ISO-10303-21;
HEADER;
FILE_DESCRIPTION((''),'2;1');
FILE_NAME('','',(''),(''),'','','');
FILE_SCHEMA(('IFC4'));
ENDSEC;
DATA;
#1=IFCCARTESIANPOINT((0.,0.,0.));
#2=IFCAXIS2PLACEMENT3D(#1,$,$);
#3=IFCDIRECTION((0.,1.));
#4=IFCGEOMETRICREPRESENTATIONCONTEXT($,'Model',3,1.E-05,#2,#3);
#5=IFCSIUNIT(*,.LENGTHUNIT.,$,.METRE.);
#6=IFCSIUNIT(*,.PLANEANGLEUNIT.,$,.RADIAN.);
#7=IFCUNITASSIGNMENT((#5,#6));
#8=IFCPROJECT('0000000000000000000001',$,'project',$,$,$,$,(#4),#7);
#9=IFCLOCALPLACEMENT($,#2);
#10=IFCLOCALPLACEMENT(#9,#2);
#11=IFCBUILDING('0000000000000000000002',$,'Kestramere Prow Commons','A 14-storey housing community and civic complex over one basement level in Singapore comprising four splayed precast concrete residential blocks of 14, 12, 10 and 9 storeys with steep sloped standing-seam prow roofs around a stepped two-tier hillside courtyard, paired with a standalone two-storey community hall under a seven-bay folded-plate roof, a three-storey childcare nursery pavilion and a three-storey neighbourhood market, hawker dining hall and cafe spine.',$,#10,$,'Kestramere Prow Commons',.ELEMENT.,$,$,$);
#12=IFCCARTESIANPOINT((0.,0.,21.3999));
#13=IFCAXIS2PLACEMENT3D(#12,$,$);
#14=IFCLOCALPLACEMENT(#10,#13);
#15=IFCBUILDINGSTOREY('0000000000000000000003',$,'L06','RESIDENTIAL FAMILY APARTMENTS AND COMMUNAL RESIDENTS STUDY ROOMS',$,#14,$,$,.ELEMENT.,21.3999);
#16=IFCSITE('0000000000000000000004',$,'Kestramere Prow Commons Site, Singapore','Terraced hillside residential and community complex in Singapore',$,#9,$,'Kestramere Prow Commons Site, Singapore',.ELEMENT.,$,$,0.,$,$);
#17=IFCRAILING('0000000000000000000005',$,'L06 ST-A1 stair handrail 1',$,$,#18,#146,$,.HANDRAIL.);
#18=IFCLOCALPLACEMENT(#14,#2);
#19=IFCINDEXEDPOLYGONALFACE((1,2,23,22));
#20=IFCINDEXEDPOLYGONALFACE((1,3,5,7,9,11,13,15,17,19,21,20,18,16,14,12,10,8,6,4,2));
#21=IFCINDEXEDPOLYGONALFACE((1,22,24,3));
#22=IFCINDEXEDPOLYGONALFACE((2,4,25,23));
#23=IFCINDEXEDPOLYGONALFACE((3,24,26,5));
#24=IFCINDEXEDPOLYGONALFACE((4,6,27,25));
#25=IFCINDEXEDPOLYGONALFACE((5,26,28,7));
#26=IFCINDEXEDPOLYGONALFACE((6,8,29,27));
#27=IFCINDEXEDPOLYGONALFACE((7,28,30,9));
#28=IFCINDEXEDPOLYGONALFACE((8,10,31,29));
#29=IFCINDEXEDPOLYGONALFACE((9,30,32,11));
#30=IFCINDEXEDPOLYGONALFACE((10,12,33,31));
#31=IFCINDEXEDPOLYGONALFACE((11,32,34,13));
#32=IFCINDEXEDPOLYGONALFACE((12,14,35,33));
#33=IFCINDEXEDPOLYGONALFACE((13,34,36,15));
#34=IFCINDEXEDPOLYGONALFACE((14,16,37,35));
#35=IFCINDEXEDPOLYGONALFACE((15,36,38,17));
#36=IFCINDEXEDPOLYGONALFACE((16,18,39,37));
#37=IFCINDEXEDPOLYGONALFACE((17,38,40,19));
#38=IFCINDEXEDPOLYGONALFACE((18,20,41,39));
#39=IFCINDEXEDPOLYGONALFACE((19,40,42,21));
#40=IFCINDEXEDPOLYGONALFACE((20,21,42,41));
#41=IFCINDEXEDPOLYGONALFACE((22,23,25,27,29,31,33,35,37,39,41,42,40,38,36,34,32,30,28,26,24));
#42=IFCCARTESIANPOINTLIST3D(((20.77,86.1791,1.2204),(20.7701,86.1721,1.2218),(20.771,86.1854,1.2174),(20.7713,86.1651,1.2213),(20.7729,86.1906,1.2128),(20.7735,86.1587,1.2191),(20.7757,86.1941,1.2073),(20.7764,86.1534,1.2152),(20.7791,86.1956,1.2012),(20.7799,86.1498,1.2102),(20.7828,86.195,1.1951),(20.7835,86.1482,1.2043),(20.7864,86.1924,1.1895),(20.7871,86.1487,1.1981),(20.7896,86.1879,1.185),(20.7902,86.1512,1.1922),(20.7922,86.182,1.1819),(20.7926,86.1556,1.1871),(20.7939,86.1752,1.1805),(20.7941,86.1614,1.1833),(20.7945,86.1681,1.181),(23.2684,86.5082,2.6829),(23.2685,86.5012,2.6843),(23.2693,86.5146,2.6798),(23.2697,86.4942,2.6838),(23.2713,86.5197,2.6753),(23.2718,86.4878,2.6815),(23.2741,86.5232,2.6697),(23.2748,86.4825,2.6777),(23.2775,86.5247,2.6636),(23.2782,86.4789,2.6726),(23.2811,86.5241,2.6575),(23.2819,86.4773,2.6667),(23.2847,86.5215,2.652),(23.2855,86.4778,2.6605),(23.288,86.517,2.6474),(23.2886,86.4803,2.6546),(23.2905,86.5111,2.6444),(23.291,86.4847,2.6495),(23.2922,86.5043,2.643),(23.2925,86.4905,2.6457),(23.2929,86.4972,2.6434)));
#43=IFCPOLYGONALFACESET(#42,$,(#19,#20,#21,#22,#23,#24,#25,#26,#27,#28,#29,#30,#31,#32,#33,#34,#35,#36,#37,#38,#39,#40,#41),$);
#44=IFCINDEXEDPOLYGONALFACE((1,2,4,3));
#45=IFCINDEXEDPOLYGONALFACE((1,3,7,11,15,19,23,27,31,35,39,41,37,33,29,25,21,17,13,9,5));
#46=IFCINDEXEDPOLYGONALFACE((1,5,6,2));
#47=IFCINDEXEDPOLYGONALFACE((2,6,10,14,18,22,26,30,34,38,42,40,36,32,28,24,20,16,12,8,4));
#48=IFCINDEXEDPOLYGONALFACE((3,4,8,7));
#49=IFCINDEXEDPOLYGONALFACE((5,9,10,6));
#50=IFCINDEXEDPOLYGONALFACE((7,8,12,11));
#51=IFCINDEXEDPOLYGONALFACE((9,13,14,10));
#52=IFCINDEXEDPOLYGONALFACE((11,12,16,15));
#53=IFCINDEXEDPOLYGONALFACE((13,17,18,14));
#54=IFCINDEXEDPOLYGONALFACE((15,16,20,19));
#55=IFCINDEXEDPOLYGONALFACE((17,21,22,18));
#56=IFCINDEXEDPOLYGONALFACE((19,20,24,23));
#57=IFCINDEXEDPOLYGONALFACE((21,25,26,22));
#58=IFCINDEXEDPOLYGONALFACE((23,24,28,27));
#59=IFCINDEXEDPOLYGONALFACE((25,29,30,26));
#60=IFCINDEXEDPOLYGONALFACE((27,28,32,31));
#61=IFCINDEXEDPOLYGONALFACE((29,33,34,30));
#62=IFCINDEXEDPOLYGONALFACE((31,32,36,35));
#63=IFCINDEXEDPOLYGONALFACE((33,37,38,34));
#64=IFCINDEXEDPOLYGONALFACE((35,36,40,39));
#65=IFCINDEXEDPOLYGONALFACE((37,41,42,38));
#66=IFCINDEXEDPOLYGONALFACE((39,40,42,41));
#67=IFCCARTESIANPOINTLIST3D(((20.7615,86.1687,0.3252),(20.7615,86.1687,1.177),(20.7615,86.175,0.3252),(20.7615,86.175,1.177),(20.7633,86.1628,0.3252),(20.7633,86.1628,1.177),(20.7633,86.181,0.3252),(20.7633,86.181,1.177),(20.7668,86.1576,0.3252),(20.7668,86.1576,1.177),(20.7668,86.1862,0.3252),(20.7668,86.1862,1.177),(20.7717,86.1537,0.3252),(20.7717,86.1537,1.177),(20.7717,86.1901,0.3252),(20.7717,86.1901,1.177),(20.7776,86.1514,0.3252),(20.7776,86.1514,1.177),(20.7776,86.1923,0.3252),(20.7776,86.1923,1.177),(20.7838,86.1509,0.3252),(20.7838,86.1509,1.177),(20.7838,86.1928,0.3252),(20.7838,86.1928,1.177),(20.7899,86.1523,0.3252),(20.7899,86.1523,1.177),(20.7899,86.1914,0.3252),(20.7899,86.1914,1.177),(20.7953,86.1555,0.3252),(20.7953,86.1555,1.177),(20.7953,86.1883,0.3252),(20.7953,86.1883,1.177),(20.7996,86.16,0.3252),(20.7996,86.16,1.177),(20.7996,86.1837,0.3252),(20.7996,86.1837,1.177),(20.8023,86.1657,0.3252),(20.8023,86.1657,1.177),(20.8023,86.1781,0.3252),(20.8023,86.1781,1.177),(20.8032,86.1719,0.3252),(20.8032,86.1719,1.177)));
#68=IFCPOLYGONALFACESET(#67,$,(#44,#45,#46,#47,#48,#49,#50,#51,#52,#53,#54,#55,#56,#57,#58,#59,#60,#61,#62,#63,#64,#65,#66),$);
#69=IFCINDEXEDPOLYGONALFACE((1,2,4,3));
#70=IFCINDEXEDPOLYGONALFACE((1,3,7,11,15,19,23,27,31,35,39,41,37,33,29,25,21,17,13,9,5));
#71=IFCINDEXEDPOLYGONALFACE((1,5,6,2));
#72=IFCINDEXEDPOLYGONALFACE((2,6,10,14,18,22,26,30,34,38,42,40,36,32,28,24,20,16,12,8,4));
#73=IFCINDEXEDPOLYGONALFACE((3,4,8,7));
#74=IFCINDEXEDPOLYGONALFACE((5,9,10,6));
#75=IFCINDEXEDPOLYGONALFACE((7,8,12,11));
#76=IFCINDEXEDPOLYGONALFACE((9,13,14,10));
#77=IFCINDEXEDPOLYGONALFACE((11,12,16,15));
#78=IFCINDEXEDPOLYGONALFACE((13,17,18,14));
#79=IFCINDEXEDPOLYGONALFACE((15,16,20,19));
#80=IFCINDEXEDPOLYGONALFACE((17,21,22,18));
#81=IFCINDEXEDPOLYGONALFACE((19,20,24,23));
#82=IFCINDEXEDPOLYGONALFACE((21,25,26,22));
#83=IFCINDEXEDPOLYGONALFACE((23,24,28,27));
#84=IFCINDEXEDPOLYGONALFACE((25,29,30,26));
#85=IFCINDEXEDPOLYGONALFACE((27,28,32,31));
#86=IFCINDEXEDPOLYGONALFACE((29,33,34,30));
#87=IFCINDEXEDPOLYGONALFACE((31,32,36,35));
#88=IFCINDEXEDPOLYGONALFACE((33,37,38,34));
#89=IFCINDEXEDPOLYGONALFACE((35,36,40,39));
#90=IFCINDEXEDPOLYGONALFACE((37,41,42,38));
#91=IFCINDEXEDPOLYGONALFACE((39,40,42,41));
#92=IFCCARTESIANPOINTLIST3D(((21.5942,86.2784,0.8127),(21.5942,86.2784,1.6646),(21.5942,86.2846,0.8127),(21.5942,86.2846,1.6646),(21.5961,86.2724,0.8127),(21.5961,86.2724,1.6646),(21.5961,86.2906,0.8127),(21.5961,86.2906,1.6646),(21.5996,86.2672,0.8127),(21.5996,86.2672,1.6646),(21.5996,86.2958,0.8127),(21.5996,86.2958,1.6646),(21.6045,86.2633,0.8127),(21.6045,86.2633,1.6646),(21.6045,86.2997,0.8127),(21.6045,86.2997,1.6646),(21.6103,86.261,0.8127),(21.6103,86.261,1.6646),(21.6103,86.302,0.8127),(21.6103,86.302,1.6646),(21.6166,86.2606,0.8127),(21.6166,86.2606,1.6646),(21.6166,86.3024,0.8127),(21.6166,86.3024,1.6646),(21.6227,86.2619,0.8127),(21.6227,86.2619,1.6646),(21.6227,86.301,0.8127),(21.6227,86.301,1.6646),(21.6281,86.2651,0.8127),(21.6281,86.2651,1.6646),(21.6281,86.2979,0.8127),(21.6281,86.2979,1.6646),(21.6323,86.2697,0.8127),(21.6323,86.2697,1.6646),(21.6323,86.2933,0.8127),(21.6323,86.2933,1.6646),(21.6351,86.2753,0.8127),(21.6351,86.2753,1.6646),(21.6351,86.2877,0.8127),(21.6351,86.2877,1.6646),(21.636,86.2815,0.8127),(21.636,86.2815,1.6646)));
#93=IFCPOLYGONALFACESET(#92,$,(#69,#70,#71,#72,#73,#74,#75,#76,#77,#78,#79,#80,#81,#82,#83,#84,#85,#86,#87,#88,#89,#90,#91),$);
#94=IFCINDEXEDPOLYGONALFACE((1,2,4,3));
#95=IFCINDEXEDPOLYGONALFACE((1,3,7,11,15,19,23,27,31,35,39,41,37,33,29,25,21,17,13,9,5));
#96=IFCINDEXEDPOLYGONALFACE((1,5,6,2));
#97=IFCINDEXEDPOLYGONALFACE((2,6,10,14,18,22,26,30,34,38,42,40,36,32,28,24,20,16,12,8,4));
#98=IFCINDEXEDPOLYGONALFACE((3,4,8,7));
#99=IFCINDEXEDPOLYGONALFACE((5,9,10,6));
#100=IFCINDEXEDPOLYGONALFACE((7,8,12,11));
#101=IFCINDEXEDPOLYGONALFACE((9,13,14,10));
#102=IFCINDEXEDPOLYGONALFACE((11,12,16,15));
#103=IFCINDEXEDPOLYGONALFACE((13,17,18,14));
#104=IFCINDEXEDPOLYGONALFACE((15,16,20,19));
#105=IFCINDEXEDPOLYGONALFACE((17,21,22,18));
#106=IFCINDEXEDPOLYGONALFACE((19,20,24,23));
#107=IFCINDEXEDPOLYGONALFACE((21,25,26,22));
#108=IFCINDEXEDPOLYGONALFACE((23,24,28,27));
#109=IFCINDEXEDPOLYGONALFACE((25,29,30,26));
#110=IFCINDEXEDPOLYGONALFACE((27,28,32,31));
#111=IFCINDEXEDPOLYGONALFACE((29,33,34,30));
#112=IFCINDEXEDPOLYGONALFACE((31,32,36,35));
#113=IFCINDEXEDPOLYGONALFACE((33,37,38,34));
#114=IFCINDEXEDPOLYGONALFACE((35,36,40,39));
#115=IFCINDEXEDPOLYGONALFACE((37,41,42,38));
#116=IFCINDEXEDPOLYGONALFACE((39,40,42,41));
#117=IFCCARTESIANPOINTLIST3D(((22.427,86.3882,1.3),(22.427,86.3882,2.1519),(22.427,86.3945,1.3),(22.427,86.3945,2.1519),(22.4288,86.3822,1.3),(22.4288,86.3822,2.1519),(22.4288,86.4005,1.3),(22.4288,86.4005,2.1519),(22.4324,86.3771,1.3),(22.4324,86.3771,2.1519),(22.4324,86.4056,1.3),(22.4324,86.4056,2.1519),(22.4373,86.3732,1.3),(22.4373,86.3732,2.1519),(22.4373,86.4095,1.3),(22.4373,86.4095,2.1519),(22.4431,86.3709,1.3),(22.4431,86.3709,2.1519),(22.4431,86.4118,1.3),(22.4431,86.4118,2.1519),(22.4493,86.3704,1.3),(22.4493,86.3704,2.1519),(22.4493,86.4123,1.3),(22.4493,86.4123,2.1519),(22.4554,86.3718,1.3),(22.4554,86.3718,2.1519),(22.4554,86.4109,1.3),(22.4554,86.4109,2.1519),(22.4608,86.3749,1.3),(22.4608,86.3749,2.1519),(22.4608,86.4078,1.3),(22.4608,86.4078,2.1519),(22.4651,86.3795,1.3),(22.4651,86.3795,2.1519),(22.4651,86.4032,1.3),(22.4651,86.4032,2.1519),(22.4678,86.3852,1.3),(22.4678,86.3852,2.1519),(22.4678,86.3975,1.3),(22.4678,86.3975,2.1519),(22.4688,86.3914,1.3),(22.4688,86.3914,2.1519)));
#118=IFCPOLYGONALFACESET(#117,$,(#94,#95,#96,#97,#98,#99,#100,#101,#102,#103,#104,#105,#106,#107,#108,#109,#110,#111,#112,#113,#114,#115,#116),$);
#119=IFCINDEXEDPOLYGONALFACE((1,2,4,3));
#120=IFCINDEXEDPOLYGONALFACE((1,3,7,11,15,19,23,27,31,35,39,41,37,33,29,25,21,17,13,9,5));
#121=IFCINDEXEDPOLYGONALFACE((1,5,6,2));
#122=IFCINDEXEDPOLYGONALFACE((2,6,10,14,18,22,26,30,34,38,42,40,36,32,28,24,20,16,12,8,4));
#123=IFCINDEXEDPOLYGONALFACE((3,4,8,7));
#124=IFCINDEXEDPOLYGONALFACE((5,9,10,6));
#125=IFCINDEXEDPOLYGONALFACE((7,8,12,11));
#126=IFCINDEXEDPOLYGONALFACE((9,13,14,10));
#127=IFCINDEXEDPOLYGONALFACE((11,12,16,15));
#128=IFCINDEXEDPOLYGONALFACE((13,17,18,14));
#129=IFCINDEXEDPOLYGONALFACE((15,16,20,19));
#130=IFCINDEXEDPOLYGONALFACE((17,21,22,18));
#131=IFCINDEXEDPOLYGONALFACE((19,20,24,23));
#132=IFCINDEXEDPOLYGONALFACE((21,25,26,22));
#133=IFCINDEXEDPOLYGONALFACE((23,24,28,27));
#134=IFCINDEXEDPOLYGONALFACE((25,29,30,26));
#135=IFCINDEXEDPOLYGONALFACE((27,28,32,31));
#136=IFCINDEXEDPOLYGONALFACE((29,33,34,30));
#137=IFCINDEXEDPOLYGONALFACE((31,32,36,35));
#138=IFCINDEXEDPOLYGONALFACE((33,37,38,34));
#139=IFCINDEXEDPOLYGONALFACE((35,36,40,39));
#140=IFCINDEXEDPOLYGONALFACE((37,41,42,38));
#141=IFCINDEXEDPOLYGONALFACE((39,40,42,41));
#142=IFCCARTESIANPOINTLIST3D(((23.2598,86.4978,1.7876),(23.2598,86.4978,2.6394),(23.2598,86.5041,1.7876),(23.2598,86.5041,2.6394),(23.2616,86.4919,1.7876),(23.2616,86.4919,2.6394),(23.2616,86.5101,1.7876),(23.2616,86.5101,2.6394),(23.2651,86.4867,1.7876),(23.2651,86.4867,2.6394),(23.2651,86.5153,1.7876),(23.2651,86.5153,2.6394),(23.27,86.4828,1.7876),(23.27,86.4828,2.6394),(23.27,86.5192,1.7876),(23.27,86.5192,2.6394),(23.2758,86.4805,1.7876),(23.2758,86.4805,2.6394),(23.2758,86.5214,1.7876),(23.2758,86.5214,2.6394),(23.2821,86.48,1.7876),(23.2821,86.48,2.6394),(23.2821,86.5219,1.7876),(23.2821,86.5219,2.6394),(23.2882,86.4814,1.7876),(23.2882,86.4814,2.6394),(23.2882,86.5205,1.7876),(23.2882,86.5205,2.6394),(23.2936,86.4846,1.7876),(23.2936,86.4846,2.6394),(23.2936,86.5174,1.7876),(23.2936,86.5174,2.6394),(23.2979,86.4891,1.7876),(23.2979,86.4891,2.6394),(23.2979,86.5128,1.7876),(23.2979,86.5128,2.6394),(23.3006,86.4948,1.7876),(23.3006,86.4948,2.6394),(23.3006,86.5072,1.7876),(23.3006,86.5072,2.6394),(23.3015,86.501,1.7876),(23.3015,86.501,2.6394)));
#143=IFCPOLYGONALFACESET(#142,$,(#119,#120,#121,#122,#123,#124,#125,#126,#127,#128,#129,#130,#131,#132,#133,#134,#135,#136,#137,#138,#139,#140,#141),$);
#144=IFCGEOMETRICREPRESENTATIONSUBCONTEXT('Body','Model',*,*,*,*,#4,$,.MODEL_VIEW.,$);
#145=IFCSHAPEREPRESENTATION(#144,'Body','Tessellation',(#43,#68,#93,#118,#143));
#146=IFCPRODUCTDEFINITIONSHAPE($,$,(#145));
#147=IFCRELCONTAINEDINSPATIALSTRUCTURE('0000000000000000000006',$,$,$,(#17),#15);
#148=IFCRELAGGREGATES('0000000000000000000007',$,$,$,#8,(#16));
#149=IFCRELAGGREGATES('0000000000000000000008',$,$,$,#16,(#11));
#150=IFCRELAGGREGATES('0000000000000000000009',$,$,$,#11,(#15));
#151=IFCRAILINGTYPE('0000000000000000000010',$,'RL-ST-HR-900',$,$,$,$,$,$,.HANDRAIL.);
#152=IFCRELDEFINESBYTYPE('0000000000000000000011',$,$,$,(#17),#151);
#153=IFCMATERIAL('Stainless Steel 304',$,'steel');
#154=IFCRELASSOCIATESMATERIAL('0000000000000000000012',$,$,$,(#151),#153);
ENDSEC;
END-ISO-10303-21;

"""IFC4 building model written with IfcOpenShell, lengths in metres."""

from ifc_helpers import new_model, si_unit, direction, frame, origin, origin_2d, place, context, subcontext, project, spatial, circle, extrude, material, type_object, element, save


model = new_model("IFC4")

# Units and contexts
model_context = context("Model", 3, precision=1e-05, world=origin(), true_north=direction((0.0, 1.0)))
body_context = subcontext(model_context, "Body", "Model", "MODEL_VIEW")
ifc_project = project(units=[si_unit("LENGTHUNIT", "METRE"), si_unit("PLANEANGLEUNIT", "RADIAN")], contexts=[model_context])

# Site, building, storey
site_placement = place(None, origin())
site = spatial("IfcSite", under=ifc_project, at=site_placement, Name="Kestramere Prow Commons Site, Singapore", Description="Terraced hillside residential and community complex in Singapore", LongName="Kestramere Prow Commons Site, Singapore", CompositionType="ELEMENT", RefElevation=0.0)
building_placement = place(site_placement, origin())
building = spatial("IfcBuilding", under=site, at=building_placement, Name="Kestramere Prow Commons", Description="A 14-storey housing community and civic complex over one basement level in Singapore comprising four splayed precast concrete residential blocks of 14, 12, 10 and 9 storeys with steep sloped standing-seam prow roofs around a stepped two-tier hillside courtyard, paired with a standalone two-storey community hall under a seven-bay folded-plate roof, a three-storey childcare nursery pavilion and a three-storey neighbourhood market, hawker dining hall and cafe spine.", LongName="Kestramere Prow Commons", CompositionType="ELEMENT")
storey_placement = place(building_placement, frame((0.0, 0.0, 21.3999)))
storey = spatial("IfcBuildingStorey", under=building, at=storey_placement, Name="L06", Description="RESIDENTIAL FAMILY APARTMENTS AND COMMUNAL RESIDENTS STUDY ROOMS", CompositionType="ELEMENT", Elevation=21.3999)

# Railing
ifc_material_1 = material(Name="Stainless Steel 304", Category="steel")
railing_type_1 = type_object("IfcRailingType", Name="RL-ST-HR-900", PredefinedType="HANDRAIL", material=ifc_material_1)
railing_1_placement = place(storey_placement, frame((20.7822, 86.1719, 0.3252)))
element("IfcRailing", 1, at=railing_1_placement, inside=storey, type_object=railing_type_1, Name="L06 ST-A1 stair handrail 1", PredefinedType="HANDRAIL", context=body_context, shape_type="SweptSolid", body=[
    extrude(circle(Radius=0.0239, at=origin_2d()), frame((0.0, 0.0, 0.876), z_axis=(0.857493, 0.112958, 0.501943), x_axis=(-0.130602, 0.991435, 0.0)), (0.0, 0.0, 1.0), 2.9136),
    extrude(circle(Radius=0.021, at=origin_2d()), origin(), (0.0, 0.0, 1.0), 0.8518),
    extrude(circle(Radius=0.021, at=origin_2d()), frame((0.8328, 0.1096, 0.4875)), (0.0, 0.0, 1.0), 0.8518),
    extrude(circle(Radius=0.021, at=origin_2d()), frame((1.6655, 0.2195, 0.9749)), (0.0, 0.0, 1.0), 0.8518),
    extrude(circle(Radius=0.021, at=origin_2d()), frame((2.4983, 0.3291, 1.4624)), (0.0, 0.0, 1.0), 0.8518),
])

save(model, "model.ifc")
